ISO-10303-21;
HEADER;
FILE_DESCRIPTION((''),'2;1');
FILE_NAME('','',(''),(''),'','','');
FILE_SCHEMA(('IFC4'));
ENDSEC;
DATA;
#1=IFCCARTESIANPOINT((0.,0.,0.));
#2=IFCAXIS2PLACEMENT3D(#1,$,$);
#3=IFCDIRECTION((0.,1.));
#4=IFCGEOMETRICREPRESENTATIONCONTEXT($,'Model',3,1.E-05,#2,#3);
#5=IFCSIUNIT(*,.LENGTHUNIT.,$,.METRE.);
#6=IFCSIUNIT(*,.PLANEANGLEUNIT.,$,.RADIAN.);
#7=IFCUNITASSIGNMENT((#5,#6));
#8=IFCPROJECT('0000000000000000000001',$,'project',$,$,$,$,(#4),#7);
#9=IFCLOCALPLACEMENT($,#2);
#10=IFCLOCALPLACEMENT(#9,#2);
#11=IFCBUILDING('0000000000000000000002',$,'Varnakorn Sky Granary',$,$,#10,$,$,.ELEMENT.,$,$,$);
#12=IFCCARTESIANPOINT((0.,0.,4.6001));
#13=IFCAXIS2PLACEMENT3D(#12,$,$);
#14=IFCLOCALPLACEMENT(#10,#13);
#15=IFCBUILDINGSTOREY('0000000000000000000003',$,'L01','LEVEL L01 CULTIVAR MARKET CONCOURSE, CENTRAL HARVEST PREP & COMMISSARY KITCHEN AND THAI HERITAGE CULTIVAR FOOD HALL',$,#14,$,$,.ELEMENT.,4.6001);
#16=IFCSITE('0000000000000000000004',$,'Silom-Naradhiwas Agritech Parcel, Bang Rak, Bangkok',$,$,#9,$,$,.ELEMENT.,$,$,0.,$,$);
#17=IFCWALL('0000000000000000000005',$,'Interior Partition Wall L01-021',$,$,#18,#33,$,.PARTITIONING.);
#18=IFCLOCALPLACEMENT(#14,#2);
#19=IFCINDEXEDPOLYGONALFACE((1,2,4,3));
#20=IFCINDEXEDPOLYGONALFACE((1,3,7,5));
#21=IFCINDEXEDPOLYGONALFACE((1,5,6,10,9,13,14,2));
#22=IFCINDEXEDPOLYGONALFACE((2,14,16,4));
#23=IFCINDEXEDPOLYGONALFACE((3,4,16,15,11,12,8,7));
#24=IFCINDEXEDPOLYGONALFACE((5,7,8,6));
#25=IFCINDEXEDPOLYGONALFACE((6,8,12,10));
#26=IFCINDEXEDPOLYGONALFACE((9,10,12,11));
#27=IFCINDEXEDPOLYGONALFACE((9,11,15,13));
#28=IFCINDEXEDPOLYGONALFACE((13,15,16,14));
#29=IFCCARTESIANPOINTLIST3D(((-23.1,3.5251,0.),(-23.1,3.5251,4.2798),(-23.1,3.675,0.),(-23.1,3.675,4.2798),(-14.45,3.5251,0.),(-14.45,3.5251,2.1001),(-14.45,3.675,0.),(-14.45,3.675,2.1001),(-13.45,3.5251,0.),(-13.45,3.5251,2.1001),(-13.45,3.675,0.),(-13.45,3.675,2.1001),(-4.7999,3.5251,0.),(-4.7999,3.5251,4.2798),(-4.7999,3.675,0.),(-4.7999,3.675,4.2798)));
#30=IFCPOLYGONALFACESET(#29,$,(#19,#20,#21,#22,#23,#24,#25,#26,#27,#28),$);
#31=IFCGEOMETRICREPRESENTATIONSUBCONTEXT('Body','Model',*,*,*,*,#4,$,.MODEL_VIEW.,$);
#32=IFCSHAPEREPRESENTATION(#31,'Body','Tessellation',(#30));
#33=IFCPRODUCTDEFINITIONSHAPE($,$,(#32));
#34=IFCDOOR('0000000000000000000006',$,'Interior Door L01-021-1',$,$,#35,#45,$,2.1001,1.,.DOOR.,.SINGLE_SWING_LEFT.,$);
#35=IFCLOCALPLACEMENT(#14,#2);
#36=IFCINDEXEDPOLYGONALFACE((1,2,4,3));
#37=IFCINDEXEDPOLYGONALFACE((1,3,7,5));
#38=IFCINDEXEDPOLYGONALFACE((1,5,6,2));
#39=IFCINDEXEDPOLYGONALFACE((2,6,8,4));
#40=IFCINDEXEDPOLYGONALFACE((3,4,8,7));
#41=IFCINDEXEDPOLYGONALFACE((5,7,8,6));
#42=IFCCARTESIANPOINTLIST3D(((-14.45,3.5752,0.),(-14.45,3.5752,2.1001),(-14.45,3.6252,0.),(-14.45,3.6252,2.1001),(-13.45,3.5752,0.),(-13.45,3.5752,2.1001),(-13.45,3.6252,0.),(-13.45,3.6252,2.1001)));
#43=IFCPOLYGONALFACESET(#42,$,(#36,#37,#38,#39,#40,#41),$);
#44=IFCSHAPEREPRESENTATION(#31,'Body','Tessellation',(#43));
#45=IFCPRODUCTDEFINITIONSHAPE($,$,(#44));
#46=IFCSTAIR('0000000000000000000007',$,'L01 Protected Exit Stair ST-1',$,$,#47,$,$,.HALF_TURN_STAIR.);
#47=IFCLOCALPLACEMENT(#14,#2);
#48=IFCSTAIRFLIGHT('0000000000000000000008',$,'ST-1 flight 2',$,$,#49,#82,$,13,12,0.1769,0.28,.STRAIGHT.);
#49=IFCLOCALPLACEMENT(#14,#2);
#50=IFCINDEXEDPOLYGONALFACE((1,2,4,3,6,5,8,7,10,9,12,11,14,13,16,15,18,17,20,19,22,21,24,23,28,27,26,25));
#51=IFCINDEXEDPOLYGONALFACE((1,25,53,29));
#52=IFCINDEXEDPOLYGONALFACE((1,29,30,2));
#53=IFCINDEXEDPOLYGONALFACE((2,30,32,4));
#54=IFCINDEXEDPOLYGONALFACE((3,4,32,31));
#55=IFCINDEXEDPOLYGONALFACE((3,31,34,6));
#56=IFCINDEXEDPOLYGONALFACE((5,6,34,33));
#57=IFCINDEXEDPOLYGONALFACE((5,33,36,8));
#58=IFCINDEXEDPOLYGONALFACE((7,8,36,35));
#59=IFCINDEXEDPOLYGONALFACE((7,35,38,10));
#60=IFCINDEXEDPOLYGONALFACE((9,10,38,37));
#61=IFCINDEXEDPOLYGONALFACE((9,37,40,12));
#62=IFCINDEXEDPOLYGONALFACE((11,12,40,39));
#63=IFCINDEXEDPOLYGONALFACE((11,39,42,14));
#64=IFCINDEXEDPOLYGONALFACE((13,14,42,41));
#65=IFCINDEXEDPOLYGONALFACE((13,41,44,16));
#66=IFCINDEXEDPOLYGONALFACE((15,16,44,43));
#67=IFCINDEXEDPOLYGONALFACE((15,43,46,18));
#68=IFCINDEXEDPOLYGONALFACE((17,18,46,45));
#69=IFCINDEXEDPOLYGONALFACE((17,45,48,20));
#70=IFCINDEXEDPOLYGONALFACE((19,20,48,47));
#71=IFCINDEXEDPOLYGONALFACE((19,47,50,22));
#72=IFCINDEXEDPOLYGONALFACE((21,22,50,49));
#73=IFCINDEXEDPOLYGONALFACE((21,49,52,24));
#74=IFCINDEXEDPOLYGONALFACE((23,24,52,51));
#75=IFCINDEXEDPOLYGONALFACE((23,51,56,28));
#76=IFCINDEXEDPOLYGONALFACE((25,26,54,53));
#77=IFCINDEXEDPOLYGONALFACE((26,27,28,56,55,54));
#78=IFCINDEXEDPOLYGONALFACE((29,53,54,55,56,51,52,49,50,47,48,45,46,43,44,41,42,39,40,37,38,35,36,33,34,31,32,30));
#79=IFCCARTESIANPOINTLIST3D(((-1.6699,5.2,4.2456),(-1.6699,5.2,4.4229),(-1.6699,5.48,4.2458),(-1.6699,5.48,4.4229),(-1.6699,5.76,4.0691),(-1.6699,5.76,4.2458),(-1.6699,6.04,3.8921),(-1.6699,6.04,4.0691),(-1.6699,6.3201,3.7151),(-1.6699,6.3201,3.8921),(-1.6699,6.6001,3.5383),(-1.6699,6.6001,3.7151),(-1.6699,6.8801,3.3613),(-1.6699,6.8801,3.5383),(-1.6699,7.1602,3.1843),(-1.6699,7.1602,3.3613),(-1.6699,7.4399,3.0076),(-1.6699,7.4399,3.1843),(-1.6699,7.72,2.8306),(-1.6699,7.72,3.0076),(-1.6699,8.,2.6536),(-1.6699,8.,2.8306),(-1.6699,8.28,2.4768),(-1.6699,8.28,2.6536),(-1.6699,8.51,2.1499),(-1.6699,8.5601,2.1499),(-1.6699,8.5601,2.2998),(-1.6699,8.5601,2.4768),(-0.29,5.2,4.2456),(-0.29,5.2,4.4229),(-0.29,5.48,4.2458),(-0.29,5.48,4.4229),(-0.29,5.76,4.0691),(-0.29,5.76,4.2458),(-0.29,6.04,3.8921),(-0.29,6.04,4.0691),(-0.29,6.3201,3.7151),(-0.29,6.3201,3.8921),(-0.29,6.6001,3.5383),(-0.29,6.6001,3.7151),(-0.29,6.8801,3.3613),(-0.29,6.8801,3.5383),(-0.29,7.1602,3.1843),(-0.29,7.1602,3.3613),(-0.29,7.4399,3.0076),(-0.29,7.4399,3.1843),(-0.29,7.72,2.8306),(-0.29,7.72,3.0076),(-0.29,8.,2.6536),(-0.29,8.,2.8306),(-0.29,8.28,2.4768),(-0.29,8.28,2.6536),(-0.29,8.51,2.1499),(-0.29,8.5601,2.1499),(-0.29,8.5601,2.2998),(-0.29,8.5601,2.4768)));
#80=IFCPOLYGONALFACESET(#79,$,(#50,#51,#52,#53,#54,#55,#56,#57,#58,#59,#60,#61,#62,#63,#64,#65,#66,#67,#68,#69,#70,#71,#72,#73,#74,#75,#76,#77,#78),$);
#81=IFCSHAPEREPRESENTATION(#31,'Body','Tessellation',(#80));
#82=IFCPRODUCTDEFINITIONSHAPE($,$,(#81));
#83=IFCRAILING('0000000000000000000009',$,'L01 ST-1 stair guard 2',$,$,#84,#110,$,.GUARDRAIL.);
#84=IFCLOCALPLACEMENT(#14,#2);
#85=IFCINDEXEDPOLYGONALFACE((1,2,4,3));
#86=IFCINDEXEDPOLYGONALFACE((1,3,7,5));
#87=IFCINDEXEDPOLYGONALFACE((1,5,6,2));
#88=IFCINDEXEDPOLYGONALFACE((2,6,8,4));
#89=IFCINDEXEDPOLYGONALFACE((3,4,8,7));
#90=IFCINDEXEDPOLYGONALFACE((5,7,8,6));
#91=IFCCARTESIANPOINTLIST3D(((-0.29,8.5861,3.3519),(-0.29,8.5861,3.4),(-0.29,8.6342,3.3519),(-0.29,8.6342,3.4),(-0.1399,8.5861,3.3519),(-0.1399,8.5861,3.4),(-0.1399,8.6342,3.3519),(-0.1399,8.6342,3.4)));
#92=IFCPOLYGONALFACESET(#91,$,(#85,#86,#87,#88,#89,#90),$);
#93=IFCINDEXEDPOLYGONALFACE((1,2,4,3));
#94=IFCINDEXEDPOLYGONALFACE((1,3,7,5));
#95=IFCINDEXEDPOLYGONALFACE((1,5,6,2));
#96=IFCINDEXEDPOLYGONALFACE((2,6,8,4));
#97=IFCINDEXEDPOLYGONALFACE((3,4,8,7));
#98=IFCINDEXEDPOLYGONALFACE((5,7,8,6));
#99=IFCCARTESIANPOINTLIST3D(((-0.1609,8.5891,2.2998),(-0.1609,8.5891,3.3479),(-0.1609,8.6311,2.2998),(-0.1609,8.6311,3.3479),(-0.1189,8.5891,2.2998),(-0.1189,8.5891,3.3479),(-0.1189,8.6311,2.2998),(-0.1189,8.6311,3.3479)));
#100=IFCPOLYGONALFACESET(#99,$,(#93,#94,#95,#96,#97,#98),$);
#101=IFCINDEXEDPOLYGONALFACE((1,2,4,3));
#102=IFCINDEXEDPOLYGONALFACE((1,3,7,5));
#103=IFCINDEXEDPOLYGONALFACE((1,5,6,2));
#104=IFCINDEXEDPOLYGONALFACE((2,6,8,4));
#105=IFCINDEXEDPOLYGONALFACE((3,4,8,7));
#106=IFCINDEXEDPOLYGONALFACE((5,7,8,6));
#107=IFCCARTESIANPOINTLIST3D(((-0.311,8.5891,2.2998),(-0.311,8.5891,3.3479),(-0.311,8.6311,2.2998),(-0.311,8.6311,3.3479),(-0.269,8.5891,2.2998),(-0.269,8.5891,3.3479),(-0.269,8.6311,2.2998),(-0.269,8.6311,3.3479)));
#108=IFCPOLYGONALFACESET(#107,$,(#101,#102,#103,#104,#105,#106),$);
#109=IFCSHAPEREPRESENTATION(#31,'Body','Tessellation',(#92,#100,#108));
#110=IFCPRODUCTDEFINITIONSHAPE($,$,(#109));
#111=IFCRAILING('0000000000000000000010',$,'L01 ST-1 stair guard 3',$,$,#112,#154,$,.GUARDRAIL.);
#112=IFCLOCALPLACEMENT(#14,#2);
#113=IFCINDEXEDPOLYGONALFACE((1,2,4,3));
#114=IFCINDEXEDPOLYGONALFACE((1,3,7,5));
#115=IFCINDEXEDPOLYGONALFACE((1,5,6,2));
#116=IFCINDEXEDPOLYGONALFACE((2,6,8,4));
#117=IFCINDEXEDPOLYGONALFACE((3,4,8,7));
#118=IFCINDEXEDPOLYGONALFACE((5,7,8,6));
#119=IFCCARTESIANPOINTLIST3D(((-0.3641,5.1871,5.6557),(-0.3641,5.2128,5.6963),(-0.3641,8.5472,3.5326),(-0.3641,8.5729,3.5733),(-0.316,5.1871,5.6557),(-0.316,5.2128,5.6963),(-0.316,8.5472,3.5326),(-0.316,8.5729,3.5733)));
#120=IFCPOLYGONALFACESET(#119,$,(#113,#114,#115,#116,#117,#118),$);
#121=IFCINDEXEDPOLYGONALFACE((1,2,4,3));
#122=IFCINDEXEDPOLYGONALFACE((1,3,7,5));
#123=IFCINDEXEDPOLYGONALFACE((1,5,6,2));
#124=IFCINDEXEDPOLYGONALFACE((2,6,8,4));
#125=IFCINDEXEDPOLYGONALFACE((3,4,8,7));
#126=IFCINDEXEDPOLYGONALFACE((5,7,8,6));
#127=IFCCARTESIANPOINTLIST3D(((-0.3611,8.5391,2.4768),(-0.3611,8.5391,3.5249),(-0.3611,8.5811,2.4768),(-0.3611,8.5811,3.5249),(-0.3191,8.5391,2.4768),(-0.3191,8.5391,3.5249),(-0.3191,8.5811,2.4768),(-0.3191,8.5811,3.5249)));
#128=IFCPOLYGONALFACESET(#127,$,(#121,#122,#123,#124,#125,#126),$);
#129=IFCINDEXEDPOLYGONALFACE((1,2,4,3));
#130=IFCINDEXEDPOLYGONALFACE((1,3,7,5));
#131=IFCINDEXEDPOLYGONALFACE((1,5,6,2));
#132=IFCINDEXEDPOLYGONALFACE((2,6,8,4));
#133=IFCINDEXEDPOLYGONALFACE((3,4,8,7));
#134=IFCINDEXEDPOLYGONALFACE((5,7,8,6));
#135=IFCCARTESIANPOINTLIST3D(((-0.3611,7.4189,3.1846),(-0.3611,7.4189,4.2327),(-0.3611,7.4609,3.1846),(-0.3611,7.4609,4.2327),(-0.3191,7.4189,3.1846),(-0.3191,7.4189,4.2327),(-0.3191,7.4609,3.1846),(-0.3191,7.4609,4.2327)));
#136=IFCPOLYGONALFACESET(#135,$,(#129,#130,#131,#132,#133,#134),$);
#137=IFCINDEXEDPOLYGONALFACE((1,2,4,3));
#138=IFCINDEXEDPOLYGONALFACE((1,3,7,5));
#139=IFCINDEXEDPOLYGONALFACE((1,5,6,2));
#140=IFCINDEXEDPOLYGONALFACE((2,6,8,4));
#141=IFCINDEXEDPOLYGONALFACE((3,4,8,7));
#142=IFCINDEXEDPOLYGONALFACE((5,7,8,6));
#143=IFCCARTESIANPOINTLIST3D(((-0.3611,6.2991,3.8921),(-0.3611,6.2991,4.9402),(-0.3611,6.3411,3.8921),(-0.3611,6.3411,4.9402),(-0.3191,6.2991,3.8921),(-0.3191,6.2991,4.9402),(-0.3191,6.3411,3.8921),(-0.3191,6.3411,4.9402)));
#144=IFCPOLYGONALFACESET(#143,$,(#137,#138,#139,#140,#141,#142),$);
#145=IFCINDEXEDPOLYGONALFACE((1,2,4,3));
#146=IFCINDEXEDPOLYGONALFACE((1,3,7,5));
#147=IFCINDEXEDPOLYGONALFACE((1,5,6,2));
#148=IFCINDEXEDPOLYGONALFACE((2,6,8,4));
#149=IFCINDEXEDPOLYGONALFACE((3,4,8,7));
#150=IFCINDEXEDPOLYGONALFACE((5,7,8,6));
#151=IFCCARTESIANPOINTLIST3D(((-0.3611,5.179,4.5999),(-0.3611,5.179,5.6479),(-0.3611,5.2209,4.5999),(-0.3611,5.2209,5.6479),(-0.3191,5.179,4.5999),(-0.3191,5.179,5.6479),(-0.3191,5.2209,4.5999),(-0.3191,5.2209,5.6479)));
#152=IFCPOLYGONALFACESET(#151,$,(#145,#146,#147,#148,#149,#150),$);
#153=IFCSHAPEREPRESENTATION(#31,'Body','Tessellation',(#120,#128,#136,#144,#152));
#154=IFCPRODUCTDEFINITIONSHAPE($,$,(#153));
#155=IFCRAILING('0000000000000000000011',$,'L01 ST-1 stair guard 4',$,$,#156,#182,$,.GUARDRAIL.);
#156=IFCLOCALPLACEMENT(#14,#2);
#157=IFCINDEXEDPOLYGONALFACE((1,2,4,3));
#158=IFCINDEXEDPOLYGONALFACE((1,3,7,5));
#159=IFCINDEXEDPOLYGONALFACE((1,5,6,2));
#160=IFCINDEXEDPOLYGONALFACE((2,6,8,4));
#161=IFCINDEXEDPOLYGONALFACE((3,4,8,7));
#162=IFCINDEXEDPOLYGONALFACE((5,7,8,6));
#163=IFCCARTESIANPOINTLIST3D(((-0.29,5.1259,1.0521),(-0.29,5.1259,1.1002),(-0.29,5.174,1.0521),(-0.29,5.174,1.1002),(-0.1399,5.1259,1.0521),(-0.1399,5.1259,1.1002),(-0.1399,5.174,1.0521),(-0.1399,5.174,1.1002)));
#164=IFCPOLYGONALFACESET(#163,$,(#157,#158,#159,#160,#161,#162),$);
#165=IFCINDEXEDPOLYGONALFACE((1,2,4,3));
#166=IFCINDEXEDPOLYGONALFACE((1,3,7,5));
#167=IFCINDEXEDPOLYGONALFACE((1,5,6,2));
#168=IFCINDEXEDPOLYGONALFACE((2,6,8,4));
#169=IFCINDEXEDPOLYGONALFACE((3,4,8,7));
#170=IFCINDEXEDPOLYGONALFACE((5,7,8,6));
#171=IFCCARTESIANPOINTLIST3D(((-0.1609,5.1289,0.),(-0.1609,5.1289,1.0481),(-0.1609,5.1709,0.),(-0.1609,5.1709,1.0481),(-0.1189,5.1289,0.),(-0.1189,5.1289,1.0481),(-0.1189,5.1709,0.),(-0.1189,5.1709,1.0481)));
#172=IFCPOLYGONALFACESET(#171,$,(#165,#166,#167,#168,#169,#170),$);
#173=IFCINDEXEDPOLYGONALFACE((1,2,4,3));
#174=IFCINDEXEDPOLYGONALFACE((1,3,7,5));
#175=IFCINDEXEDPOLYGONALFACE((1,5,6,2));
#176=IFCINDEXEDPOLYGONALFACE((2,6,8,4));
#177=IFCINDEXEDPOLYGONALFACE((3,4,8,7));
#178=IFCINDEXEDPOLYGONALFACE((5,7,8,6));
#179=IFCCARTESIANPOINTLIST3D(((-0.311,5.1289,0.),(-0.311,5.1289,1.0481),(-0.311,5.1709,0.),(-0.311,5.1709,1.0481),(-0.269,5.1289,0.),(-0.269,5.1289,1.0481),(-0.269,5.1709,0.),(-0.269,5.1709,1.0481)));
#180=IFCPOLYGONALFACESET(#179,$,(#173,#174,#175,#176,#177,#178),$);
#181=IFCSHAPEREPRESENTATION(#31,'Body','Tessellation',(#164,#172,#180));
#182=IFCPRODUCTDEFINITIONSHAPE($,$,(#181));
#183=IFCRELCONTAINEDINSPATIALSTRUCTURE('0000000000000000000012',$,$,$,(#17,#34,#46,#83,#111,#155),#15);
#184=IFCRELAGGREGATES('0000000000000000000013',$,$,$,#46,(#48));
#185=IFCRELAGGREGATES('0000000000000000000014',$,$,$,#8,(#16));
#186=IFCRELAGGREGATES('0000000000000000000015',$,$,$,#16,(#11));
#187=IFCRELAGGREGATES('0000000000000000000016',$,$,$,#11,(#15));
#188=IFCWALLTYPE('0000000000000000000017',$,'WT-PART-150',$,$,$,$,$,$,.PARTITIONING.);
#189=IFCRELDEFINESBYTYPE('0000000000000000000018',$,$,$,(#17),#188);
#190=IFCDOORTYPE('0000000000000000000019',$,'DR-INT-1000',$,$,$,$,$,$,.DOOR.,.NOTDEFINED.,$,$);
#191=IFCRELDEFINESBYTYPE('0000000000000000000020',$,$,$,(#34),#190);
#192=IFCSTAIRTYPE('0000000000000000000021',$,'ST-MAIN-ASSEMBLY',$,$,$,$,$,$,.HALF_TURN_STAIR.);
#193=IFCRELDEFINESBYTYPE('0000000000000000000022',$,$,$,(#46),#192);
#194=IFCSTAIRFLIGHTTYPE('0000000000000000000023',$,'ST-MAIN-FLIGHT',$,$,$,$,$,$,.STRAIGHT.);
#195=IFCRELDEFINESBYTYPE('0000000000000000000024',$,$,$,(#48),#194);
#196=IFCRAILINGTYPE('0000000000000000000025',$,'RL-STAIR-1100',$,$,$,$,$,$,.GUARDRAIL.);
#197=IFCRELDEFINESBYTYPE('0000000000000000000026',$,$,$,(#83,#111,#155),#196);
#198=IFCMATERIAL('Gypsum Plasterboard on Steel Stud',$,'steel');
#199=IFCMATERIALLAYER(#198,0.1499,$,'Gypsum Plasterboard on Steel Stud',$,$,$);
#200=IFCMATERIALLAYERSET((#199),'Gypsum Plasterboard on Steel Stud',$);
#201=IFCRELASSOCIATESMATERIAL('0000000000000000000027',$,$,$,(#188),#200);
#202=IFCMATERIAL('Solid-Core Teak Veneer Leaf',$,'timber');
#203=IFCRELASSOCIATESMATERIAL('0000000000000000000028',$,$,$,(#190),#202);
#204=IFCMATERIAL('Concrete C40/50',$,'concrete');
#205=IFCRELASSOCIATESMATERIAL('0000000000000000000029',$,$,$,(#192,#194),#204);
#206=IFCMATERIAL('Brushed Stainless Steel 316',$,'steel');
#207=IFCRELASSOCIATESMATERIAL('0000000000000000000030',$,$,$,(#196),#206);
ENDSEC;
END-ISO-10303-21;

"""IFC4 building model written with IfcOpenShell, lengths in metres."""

from ifc_helpers import new_model, si_unit, direction, frame, frame_2d, origin, origin_2d, place, context, subcontext, project, spatial, polyline, rectangle, outline, extrude, material, layer, layer_set, type_object, element, fill, aggregate, save


model = new_model("IFC4")

# Units and contexts
model_context = context("Model", 3, precision=1e-05, world=origin(), true_north=direction((0.0, 1.0)))
body_context = subcontext(model_context, "Body", "Model", "MODEL_VIEW")
ifc_project = project(units=[si_unit("LENGTHUNIT", "METRE"), si_unit("PLANEANGLEUNIT", "RADIAN")], contexts=[model_context])

# Site, building, storey
site_placement = place(None, origin())
site = spatial("IfcSite", under=ifc_project, at=site_placement, Name="Silom-Naradhiwas Agritech Parcel, Bang Rak, Bangkok", CompositionType="ELEMENT", RefElevation=0.0)
building_placement = place(site_placement, origin())
building = spatial("IfcBuilding", under=site, at=building_placement, Name="Varnakorn Sky Granary", CompositionType="ELEMENT")
storey_placement = place(building_placement, frame((0.0, 0.0, 4.6001)))
storey = spatial("IfcBuildingStorey", under=building, at=storey_placement, Name="L01", Description="LEVEL L01 CULTIVAR MARKET CONCOURSE, CENTRAL HARVEST PREP & COMMISSARY KITCHEN AND THAI HERITAGE CULTIVAR FOOD HALL", CompositionType="ELEMENT", Elevation=4.6001)

# Wall, opening, door
ifc_material_1 = material(Name="Gypsum Plasterboard on Steel Stud", Category="steel")
ifc_layer_1 = layer(ifc_material_1, 0.1499, Name="Gypsum Plasterboard on Steel Stud")
ifc_layer_set_1 = layer_set([ifc_layer_1], Name="Gypsum Plasterboard on Steel Stud")
wall_type_1 = type_object("IfcWallType", Name="WT-PART-150", PredefinedType="PARTITIONING", material=ifc_layer_set_1)
wall_1_placement = place(storey_placement, frame((-4.8, 3.6001, 0.0), z_axis=(0.0, 0.0, 1.0), x_axis=(-1.0, 0.0, 0.0)))
wall_1 = element("IfcWall", 1, at=wall_1_placement, inside=storey, type_object=wall_type_1, Name="Interior Partition Wall L01-021", PredefinedType="PARTITIONING", context=body_context, shape_type="SweptSolid", body=[
    extrude(rectangle(XDim=18.3, YDim=0.1499, at=frame_2d((9.1499, 0.0))), origin(), (0.0, 0.0, 1.0), 4.2798),
])
opening_1_placement = place(wall_1_placement, frame((8.6499, 0.0, 0.0)))
opening_1 = element("IfcOpeningElement", 2, at=opening_1_placement, cuts=wall_1, PredefinedType="OPENING", context=body_context, shape_type="SweptSolid", body=[
    extrude(rectangle(XDim=1.0, YDim=2.1001, at=frame_2d((0.5, 1.05))), frame((0.0, 0.085, 0.0), z_axis=(0.0, -1.0, 0.0), x_axis=(1.0, 0.0, 0.0)), (0.0, 0.0, 1.0), 0.1699),
])
ifc_material_2 = material(Name="Solid-Core Teak Veneer Leaf", Category="timber")
door_type_1 = type_object("IfcDoorType", Name="DR-INT-1000", OperationType="NOTDEFINED", PredefinedType="DOOR", material=ifc_material_2)
door_1_placement = place(opening_1_placement, origin())
door_1 = element("IfcDoor", 3, at=door_1_placement, inside=storey, type_object=door_type_1, Name="Interior Door L01-021-1", OperationType="SINGLE_SWING_LEFT", OverallHeight=2.1001, OverallWidth=1.0, PredefinedType="DOOR", context=body_context, shape_type="SweptSolid", body=[
    extrude(rectangle(XDim=1.0, YDim=2.1001, at=frame_2d((0.5, 1.05))), frame((0.0, 0.0249, 0.0), z_axis=(0.0, -1.0, 0.0), x_axis=(1.0, 0.0, 0.0)), (0.0, 0.0, 1.0), 0.05),
])
fill(opening_1, door_1)

# Stair, stair flight
ifc_material_3 = material(Name="Concrete C40/50", Category="concrete")
stair_type = type_object("IfcStairType", Name="ST-MAIN-ASSEMBLY", PredefinedType="HALF_TURN_STAIR", material=ifc_material_3)
stair_placement = place(storey_placement, origin())
stair = element("IfcStair", 4, at=stair_placement, inside=storey, type_object=stair_type, Name="L01 Protected Exit Stair ST-1", PredefinedType="HALF_TURN_STAIR")
stair_flight_type = type_object("IfcStairFlightType", Name="ST-MAIN-FLIGHT", PredefinedType="STRAIGHT", material=ifc_material_3)
stair_flight_placement = place(storey_placement, frame((-0.98, 8.5601, 2.2998), z_axis=(0.0, 0.0, 1.0), x_axis=(0.0, -1.0, 0.0)))
stair_flight = element("IfcStairFlight", 5, at=stair_flight_placement, type_object=stair_flight_type, Name="ST-1 flight 2", NumberOfRisers=13, NumberOfTreads=12, PredefinedType="STRAIGHT", RiserHeight=0.1769, TreadLength=0.28, context=body_context, shape_type="SweptSolid", body=[
    extrude(outline(polyline([(0.0, -0.1499), (0.0, 0.0), (0.0, 0.177), (0.28, 0.177), (0.28, 0.3538), (0.5601, 0.3538), (0.5601, 0.5308), (0.8401, 0.5308), (0.8401, 0.7078), (1.1201, 0.7078), (1.1201, 0.8845), (1.3999, 0.8845), (1.3999, 1.0615), (1.6799, 1.0615), (1.6799, 1.2385), (1.96, 1.2385), (1.96, 1.4153), (2.24, 1.4153), (2.24, 1.5923), (2.52, 1.5923), (2.52, 1.7693), (2.8, 1.7693), (2.8, 1.946), (3.0801, 1.946), (3.0801, 2.123), (3.3601, 2.123), (3.3601, 2.3), (3.3601, 1.9458), (0.05, -0.1499), (0.0, -0.1499)])), frame((0.0, 0.6899, 0.0), z_axis=(0.0, -1.0, 0.0), x_axis=(1.0, 0.0, 0.0)), (0.0, 0.0, 1.0), 1.3799),
])
aggregate(stair, [stair_flight])

# Railings
ifc_material_4 = material(Name="Brushed Stainless Steel 316", Category="steel")
railing_type_1 = type_object("IfcRailingType", Name="RL-STAIR-1100", PredefinedType="GUARDRAIL", material=ifc_material_4)
railing_1_placement = place(storey_placement, frame((-0.1399, 8.6101, 2.2998)))
element("IfcRailing", 6, at=railing_1_placement, inside=storey, type_object=railing_type_1, Name="L01 ST-1 stair guard 2", PredefinedType="GUARDRAIL", context=body_context, shape_type="SweptSolid", body=[
    extrude(rectangle(XDim=0.0481, YDim=0.0481, at=origin_2d()), frame((0.0, 0.0, 1.0762), z_axis=(-1.0, 0.0, 0.0), x_axis=(0.0, -1.0, 0.0)), (0.0, 0.0, 1.0), 0.1501),
    extrude(rectangle(XDim=0.042, YDim=0.042, at=origin_2d()), origin(), (0.0, 0.0, 1.0), 1.0481),
    extrude(rectangle(XDim=0.042, YDim=0.042, at=origin_2d()), frame((-0.1501, 0.0, 0.0)), (0.0, 0.0, 1.0), 1.0481),
])
railing_2_placement = place(storey_placement, frame((-0.3401, 8.5601, 2.4768)))
element("IfcRailing", 7, at=railing_2_placement, inside=storey, type_object=railing_type_1, Name="L01 ST-1 stair guard 3", PredefinedType="GUARDRAIL", context=body_context, shape_type="SweptSolid", body=[
    extrude(rectangle(XDim=0.0481, YDim=0.0481, at=origin_2d()), frame((0.0, 0.0, 1.0762), z_axis=(0.0, -0.84539, 0.53415), x_axis=(1.0, 0.0, 0.0)), (0.0, 0.0, 1.0), 3.9746),
    extrude(rectangle(XDim=0.042, YDim=0.042, at=origin_2d()), origin(), (0.0, 0.0, 1.0), 1.0481),
    extrude(rectangle(XDim=0.042, YDim=0.042, at=origin_2d()), frame((0.0, -1.1201, 0.7078)), (0.0, 0.0, 1.0), 1.0481),
    extrude(rectangle(XDim=0.042, YDim=0.042, at=origin_2d()), frame((0.0, -2.24, 1.4153)), (0.0, 0.0, 1.0), 1.0481),
    extrude(rectangle(XDim=0.042, YDim=0.042, at=origin_2d()), frame((0.0, -3.3601, 2.123)), (0.0, 0.0, 1.0), 1.0481),
])
railing_3_placement = place(storey_placement, frame((-0.1399, 5.1499, 0.0)))
element("IfcRailing", 8, at=railing_3_placement, inside=storey, type_object=railing_type_1, Name="L01 ST-1 stair guard 4", PredefinedType="GUARDRAIL", context=body_context, shape_type="SweptSolid", body=[
    extrude(rectangle(XDim=0.0481, YDim=0.0481, at=origin_2d()), frame((0.0, 0.0, 1.0762), z_axis=(-1.0, 0.0, 0.0), x_axis=(0.0, -1.0, 0.0)), (0.0, 0.0, 1.0), 0.1501),
    extrude(rectangle(XDim=0.042, YDim=0.042, at=origin_2d()), origin(), (0.0, 0.0, 1.0), 1.0481),
    extrude(rectangle(XDim=0.042, YDim=0.042, at=origin_2d()), frame((-0.1501, 0.0, 0.0)), (0.0, 0.0, 1.0), 1.0481),
])

save(model, "model.ifc")
